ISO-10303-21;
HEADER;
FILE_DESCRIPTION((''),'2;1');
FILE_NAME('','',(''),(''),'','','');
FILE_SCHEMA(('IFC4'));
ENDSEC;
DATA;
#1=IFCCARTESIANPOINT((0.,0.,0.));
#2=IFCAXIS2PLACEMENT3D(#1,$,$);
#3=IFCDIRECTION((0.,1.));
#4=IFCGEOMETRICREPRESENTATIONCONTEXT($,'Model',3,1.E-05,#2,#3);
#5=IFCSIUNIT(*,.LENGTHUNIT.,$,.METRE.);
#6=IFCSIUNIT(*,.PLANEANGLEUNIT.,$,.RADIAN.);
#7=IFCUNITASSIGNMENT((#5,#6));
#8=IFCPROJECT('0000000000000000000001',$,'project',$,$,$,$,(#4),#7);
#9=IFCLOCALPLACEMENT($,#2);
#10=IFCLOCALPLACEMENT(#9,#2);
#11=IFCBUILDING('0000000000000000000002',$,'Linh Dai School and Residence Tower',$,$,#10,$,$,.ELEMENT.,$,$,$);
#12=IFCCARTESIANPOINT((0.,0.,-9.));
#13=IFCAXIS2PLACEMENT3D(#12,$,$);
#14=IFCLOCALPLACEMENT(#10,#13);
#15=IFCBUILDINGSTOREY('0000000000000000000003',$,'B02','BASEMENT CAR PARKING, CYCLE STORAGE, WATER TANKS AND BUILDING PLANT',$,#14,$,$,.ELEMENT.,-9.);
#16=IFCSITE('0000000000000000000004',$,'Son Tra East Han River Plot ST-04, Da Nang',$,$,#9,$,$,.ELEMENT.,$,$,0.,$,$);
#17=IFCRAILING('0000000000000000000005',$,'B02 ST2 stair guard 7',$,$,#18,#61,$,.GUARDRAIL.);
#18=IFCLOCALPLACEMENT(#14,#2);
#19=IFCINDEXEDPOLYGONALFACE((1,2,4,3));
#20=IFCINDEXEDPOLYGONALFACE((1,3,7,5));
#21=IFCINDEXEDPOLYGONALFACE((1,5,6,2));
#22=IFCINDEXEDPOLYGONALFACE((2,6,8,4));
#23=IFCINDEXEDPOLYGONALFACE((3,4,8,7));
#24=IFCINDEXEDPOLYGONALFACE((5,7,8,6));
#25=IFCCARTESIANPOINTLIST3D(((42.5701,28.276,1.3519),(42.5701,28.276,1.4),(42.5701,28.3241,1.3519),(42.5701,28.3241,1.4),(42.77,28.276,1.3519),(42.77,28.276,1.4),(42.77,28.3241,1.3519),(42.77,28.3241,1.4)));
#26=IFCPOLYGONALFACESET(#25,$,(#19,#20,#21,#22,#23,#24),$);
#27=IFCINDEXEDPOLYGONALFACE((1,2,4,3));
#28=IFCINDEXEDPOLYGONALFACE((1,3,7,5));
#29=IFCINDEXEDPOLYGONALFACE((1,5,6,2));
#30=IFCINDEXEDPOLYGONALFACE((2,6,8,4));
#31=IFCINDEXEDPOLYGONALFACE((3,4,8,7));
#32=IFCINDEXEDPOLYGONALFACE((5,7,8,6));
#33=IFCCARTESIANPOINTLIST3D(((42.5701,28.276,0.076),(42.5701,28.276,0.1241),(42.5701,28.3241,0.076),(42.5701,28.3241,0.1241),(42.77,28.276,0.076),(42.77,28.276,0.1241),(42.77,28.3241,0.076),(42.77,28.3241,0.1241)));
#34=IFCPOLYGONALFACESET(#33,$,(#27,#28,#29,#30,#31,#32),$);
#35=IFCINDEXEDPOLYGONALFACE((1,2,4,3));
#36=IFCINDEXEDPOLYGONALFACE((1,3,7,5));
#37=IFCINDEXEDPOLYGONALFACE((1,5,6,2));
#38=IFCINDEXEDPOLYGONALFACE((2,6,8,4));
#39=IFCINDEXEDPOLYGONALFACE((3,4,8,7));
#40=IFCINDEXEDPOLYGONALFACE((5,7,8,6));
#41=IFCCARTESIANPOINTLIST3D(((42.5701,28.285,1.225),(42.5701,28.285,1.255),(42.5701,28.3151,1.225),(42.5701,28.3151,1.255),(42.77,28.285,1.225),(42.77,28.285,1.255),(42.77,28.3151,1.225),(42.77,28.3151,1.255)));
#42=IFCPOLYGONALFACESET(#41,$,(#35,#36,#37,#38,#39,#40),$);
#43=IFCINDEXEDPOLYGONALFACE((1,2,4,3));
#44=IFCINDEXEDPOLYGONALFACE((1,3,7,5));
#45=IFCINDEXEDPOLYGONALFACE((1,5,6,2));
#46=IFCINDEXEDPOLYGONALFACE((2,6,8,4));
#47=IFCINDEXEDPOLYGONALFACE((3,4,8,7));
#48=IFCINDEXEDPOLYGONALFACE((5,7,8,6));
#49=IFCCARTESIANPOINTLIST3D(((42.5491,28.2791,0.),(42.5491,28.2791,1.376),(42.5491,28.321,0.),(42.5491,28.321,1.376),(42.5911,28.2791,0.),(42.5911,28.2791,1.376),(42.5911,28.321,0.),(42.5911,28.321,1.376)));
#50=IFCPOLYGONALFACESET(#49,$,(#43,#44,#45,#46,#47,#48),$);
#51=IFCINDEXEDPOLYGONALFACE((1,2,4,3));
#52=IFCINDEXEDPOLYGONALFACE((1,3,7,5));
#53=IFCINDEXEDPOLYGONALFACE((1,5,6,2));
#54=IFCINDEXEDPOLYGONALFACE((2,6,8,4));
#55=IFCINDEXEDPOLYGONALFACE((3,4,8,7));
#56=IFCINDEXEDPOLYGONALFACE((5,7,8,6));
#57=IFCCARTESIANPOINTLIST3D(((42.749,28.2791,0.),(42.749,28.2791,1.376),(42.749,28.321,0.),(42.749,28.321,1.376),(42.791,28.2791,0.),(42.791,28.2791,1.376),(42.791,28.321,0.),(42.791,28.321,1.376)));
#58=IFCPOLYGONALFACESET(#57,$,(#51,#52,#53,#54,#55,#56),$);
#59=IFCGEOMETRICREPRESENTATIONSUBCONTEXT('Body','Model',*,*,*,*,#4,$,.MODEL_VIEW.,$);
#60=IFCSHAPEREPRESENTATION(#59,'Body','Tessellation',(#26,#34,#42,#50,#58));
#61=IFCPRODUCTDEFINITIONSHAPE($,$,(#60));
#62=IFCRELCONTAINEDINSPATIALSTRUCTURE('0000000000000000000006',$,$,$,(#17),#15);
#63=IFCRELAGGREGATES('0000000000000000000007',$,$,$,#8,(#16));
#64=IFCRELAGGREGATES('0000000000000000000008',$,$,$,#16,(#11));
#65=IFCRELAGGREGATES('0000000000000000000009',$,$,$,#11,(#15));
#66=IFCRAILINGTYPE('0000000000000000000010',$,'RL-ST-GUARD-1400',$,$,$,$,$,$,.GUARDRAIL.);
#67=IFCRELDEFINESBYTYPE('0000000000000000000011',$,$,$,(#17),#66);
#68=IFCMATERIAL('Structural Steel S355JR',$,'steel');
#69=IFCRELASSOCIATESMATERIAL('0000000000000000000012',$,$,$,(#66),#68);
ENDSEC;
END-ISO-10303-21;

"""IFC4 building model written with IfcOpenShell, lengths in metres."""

from ifc_helpers import new_model, si_unit, direction, frame, origin, origin_2d, place, context, subcontext, project, spatial, rectangle, extrude, source, transform, mapped, material, type_object, element, save


model = new_model("IFC4")

# Units and contexts
model_context = context("Model", 3, precision=1e-05, world=origin(), true_north=direction((0.0, 1.0)))
body_context = subcontext(model_context, "Body", "Model", "MODEL_VIEW")
ifc_project = project(units=[si_unit("LENGTHUNIT", "METRE"), si_unit("PLANEANGLEUNIT", "RADIAN")], contexts=[model_context])

# Site, building, storey
site_placement = place(None, origin())
site = spatial("IfcSite", under=ifc_project, at=site_placement, Name="Son Tra East Han River Plot ST-04, Da Nang", CompositionType="ELEMENT", RefElevation=0.0)
building_placement = place(site_placement, origin())
building = spatial("IfcBuilding", under=site, at=building_placement, Name="Linh Dai School and Residence Tower", CompositionType="ELEMENT")
storey_placement = place(building_placement, frame((0.0, 0.0, -9.0)))
storey = spatial("IfcBuildingStorey", under=building, at=storey_placement, Name="B02", Description="BASEMENT CAR PARKING, CYCLE STORAGE, WATER TANKS AND BUILDING PLANT", CompositionType="ELEMENT", Elevation=-9.0)

# Shared definitions
ifc_material_1 = material(Name="Structural Steel S355JR", Category="steel")

# Railing
railing_type_1 = type_object("IfcRailingType", Name="RL-ST-GUARD-1400", PredefinedType="GUARDRAIL", material=ifc_material_1)
shared_shape_1 = source(origin(), body_context, "Body", "SweptSolid", [
    extrude(rectangle(XDim=0.0481, YDim=0.0481, at=origin_2d()), frame((0.0, 0.0, 1.376), z_axis=(1.0, 0.0, 0.0), x_axis=(0.0, 1.0, 0.0)), (0.0, 0.0, 1.0), 0.2),
    extrude(rectangle(XDim=0.0481, YDim=0.0481, at=origin_2d()), frame((0.0, 0.0, 0.1001), z_axis=(1.0, 0.0, 0.0), x_axis=(0.0, 1.0, 0.0)), (0.0, 0.0, 1.0), 0.2),
    extrude(rectangle(XDim=0.03, YDim=0.03, at=origin_2d()), frame((0.0, 0.0, 1.24), z_axis=(1.0, 0.0, 0.0), x_axis=(0.0, 1.0, 0.0)), (0.0, 0.0, 1.0), 0.2),
    extrude(rectangle(XDim=0.042, YDim=0.042, at=origin_2d()), origin(), (0.0, 0.0, 1.0), 1.376),
    extrude(rectangle(XDim=0.042, YDim=0.042, at=origin_2d()), frame((0.2, 0.0, 0.0)), (0.0, 0.0, 1.0), 1.376),
])
railing_1_placement = place(storey_placement, frame((42.5701, 28.3, 0.0)))
element("IfcRailing", 1, at=railing_1_placement, inside=storey, type_object=railing_type_1, Name="B02 ST2 stair guard 7", PredefinedType="GUARDRAIL", context=body_context, shape_type="MappedRepresentation", body=[
    mapped(shared_shape_1, transform((0.0, 0.0, 0.0), x_axis=(1.0, 0.0, 0.0), y_axis=(0.0, 1.0, 0.0), z_axis=(0.0, 0.0, 1.0), scale=1.0)),
])

save(model, "model.ifc")
